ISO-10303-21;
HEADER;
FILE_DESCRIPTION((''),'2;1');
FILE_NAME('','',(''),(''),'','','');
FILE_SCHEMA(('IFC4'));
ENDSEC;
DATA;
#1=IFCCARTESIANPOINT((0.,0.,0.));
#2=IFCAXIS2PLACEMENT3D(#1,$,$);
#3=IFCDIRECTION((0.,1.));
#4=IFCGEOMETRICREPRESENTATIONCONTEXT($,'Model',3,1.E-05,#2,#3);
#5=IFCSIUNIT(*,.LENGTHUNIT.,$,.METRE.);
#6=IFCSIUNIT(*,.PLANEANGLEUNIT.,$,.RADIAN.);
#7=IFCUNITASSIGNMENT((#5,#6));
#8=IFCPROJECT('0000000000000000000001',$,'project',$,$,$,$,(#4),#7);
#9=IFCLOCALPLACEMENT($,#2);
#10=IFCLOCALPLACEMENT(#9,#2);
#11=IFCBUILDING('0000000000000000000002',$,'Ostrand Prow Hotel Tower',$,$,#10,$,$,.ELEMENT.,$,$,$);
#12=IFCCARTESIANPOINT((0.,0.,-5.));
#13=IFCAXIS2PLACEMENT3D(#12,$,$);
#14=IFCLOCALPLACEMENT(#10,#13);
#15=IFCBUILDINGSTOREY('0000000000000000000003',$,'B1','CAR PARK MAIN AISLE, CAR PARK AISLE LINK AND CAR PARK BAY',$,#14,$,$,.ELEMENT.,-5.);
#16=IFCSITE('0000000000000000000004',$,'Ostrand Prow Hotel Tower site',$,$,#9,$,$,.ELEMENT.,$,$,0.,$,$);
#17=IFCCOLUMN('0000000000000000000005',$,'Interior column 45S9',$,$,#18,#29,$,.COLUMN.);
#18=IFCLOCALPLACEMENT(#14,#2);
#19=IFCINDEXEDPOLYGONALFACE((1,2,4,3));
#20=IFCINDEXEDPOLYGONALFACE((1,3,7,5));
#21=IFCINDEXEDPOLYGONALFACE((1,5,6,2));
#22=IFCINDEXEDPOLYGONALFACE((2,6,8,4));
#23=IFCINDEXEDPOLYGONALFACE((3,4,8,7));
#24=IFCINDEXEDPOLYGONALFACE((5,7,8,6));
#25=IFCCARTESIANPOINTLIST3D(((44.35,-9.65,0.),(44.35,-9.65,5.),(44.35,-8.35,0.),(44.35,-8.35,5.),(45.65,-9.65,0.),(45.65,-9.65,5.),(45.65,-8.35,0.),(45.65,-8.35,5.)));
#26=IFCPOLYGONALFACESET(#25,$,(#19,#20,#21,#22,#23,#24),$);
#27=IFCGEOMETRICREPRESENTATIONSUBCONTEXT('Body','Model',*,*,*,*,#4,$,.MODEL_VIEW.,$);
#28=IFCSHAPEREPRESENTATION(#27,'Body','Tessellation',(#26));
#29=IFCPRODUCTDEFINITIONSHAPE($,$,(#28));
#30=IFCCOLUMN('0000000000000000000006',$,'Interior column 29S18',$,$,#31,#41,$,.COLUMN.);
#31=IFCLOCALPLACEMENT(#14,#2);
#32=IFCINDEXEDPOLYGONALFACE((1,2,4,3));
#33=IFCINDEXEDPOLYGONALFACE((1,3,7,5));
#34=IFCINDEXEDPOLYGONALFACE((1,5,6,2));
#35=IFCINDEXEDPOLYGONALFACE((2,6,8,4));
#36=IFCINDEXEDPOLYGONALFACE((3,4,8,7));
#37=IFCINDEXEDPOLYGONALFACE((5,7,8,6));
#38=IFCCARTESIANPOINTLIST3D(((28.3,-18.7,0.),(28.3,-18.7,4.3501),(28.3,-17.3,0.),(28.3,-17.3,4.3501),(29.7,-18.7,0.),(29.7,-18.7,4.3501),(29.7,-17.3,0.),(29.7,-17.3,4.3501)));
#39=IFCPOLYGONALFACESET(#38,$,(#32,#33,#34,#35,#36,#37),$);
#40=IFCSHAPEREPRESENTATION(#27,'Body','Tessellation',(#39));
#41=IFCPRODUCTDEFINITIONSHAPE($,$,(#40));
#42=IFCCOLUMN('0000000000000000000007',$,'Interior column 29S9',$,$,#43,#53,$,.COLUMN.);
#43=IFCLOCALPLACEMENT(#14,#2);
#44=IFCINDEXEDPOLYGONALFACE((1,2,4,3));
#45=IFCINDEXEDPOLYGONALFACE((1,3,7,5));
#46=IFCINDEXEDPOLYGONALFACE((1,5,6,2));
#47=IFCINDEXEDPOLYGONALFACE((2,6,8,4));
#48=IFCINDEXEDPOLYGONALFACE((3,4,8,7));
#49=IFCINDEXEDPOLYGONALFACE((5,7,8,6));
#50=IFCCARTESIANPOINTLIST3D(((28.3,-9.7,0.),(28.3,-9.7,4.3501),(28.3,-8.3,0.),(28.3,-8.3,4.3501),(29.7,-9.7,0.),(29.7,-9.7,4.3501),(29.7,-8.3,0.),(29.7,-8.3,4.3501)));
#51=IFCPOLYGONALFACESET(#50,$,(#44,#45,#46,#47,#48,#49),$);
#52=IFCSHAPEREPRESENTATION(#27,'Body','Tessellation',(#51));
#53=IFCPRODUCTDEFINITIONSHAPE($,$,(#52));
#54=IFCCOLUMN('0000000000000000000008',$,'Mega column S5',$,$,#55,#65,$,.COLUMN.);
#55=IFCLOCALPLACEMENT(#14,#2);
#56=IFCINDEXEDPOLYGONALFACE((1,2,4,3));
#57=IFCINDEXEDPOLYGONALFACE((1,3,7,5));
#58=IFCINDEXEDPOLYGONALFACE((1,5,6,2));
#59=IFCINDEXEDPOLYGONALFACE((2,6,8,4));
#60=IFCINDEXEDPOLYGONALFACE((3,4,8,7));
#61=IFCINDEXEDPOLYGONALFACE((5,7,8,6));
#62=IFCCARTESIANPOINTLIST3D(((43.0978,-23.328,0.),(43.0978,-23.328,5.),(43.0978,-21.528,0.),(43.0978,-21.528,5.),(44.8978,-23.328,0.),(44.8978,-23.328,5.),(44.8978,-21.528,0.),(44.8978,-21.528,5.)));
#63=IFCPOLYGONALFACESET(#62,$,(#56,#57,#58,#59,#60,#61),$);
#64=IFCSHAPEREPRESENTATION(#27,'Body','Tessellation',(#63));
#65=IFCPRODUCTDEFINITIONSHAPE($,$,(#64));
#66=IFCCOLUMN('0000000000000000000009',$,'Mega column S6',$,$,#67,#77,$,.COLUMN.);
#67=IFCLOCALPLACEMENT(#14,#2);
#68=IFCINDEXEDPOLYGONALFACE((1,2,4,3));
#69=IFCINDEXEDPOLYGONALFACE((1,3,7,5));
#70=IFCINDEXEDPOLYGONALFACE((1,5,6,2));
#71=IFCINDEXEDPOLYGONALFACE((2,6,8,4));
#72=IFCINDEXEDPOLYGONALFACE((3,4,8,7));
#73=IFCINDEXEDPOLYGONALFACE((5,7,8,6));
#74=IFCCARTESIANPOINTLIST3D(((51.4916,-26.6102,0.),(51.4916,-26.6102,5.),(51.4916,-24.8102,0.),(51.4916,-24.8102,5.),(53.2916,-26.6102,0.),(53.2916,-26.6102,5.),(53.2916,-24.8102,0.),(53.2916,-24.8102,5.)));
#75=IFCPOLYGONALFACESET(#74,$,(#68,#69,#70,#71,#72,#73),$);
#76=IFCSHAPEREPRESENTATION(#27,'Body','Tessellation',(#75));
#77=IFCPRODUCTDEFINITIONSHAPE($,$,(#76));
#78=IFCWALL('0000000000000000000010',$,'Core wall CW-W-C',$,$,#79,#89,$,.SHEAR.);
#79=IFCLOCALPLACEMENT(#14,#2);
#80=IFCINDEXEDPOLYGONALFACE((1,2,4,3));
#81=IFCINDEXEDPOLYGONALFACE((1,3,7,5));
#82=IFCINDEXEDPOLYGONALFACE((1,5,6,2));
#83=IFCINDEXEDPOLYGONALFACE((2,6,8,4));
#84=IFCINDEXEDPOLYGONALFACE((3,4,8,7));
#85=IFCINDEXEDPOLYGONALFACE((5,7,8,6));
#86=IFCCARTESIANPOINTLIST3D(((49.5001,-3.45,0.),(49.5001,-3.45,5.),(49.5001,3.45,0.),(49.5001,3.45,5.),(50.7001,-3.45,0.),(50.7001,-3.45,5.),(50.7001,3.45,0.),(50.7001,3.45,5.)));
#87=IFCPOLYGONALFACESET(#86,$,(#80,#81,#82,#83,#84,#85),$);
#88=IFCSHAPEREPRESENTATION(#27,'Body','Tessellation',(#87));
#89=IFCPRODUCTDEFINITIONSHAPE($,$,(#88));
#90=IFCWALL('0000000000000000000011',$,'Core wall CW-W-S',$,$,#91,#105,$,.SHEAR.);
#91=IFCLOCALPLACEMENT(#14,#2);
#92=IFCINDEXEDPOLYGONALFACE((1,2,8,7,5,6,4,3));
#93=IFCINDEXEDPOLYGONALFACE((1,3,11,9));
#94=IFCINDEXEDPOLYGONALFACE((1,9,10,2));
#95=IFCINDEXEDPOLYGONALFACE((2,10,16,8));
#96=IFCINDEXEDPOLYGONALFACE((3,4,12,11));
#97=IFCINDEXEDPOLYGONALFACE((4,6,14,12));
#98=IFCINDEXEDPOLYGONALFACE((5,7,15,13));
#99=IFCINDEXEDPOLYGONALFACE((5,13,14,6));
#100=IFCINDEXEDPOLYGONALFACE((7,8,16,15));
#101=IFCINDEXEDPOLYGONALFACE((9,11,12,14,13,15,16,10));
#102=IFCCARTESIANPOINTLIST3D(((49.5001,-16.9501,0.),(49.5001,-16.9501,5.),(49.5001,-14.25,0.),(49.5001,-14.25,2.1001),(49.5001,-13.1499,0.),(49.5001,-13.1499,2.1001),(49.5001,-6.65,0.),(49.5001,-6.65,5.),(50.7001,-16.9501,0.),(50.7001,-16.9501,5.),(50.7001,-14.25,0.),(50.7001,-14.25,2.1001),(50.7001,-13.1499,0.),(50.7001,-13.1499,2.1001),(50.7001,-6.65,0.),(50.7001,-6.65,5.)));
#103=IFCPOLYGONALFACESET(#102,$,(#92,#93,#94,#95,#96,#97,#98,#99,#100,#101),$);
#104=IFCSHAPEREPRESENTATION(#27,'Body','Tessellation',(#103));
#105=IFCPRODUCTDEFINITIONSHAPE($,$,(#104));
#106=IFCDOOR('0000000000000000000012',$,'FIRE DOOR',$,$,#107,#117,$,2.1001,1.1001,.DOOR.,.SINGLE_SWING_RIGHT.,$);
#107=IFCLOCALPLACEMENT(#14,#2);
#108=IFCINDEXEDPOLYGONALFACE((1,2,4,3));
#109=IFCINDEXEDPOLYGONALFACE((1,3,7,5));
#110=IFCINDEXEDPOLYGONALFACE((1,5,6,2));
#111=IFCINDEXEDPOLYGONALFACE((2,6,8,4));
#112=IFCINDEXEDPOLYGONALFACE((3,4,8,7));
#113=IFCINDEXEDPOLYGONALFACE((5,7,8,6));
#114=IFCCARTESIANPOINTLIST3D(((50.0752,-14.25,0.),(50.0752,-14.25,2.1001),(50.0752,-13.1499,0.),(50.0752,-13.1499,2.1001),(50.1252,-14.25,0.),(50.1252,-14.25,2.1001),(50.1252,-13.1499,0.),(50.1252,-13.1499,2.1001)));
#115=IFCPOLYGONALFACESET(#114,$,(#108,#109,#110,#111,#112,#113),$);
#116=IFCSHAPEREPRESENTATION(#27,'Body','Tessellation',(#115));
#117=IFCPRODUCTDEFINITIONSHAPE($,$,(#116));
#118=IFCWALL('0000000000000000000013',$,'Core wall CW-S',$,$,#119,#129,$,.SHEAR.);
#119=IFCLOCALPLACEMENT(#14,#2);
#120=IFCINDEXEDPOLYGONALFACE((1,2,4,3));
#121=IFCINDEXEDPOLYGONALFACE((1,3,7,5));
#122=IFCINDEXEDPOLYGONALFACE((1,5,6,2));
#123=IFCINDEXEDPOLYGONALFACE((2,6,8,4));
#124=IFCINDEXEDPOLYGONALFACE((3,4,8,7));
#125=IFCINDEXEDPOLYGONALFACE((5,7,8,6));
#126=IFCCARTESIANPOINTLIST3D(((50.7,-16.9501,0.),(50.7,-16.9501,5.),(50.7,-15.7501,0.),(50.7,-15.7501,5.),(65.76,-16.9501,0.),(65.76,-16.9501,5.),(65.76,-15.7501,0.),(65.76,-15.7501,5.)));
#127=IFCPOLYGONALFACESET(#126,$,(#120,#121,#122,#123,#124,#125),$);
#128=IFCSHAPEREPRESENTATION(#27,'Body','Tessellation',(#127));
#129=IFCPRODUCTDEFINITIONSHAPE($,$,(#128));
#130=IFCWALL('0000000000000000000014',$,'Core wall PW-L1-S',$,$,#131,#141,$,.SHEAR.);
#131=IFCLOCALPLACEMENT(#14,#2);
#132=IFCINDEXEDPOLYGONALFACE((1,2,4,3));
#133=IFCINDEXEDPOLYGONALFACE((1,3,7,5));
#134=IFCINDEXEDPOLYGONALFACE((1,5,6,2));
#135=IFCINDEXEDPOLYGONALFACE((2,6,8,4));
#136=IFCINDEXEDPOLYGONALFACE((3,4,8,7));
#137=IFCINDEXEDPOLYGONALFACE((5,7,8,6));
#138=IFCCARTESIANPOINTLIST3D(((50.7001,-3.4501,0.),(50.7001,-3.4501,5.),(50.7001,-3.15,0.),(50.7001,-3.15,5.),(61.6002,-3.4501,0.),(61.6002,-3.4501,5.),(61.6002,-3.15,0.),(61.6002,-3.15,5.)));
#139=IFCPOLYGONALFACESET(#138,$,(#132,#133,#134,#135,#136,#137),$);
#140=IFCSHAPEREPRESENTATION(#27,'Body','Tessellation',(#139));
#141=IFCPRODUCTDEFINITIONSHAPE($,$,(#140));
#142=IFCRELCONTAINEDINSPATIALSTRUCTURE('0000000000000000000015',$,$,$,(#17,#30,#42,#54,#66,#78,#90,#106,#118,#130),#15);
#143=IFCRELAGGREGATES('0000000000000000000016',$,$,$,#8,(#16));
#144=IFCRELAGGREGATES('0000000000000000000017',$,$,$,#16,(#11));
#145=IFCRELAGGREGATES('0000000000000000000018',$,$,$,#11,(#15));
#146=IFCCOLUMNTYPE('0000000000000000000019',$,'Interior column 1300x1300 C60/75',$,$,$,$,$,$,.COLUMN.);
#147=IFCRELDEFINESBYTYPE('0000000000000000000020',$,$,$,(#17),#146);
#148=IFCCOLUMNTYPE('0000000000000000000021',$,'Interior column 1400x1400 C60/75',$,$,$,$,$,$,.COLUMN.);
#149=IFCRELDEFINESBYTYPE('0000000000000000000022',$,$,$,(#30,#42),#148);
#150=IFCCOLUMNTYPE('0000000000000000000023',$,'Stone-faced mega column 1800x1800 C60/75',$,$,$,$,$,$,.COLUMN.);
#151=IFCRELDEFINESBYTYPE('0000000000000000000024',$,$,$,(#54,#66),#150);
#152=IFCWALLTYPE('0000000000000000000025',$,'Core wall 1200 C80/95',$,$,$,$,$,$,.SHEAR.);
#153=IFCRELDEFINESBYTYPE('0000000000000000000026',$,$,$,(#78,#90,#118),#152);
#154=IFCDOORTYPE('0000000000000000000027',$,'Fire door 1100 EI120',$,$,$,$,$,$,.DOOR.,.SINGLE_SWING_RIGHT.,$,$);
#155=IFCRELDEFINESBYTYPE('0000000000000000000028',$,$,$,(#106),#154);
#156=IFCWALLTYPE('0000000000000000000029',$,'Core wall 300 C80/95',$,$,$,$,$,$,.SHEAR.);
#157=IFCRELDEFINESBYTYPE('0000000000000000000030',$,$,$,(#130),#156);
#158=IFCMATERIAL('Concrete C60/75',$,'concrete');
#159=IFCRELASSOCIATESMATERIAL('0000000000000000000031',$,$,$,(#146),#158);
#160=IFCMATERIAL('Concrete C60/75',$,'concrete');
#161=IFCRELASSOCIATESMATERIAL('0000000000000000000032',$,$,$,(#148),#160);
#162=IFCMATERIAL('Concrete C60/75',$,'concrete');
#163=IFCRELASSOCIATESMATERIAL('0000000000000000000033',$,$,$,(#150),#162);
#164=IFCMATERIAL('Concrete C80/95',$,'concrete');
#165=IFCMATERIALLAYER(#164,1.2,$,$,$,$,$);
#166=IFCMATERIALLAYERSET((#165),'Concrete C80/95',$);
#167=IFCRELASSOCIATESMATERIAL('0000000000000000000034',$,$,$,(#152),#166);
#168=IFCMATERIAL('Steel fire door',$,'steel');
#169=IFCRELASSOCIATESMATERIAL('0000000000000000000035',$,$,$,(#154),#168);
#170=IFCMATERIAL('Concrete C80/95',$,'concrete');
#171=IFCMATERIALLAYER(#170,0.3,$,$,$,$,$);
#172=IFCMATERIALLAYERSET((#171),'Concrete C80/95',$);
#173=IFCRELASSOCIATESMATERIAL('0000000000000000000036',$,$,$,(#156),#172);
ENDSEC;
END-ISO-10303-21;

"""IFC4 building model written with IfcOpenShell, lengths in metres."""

from ifc_helpers import new_model, si_unit, direction, frame, frame_2d, origin, origin_2d, place, context, subcontext, project, spatial, rectangle, extrude, material, layer, layer_set, material_profile, profile_set, type_object, element, fill, save


model = new_model("IFC4")

# Units and contexts
model_context = context("Model", 3, precision=1e-05, world=origin(), true_north=direction((0.0, 1.0)))
body_context = subcontext(model_context, "Body", "Model", "MODEL_VIEW")
ifc_project = project(units=[si_unit("LENGTHUNIT", "METRE"), si_unit("PLANEANGLEUNIT", "RADIAN")], contexts=[model_context])

# Site, building, storey
site_placement = place(None, origin())
site = spatial("IfcSite", under=ifc_project, at=site_placement, Name="Ostrand Prow Hotel Tower site", CompositionType="ELEMENT", RefElevation=0.0)
building_placement = place(site_placement, origin())
building = spatial("IfcBuilding", under=site, at=building_placement, Name="Ostrand Prow Hotel Tower", CompositionType="ELEMENT")
storey_placement = place(building_placement, frame((0.0, 0.0, -5.0)))
storey = spatial("IfcBuildingStorey", under=building, at=storey_placement, Name="B1", Description="CAR PARK MAIN AISLE, CAR PARK AISLE LINK AND CAR PARK BAY", CompositionType="ELEMENT", Elevation=-5.0)

# Columns
ifc_material_1 = material(Name="Concrete C60/75", Category="concrete")
ifc_material_profile_1 = material_profile(ifc_material_1, rectangle(XDim=1.3, YDim=1.3, at=origin_2d()), Name="RC 1300x1300")
ifc_profile_set_1 = profile_set([ifc_material_profile_1], Name="Concrete C60/75")
column_type_1 = type_object("IfcColumnType", Name="Interior column 1300x1300 C60/75", PredefinedType="COLUMN", material=ifc_profile_set_1)
column_placement = place(storey_placement, frame((45.0, -9.0, 0.0), z_axis=(0.0, 0.0, 1.0), x_axis=(1.0, 0.0, 0.0)))
element("IfcColumn", 1, at=column_placement, inside=storey, type_object=column_type_1, Name="Interior column 45S9", PredefinedType="COLUMN", context=body_context, shape_type="SweptSolid", body=[
    extrude(rectangle(XDim=1.3, YDim=1.3, at=origin_2d()), origin(), (0.0, 0.0, 1.0), 5.0),
])
ifc_material_2 = material(Name="Concrete C60/75", Category="concrete")
ifc_material_profile_2 = material_profile(ifc_material_2, rectangle(XDim=1.3999, YDim=1.3999, at=origin_2d()), Name="RC 1400x1400")
ifc_profile_set_2 = profile_set([ifc_material_profile_2], Name="Concrete C60/75")
column_type_2 = type_object("IfcColumnType", Name="Interior column 1400x1400 C60/75", PredefinedType="COLUMN", material=ifc_profile_set_2)
for number, where, z_axis, x_axis, name in (
    (2, (29.0, -18.0, 0.0), (0.0, 0.0, 1.0), (1.0, 0.0, 0.0), "Interior column 29S18"),
    (3, (29.0, -9.0, 0.0), (0.0, 0.0, 1.0), (1.0, 0.0, 0.0), "Interior column 29S9"),
):
    element("IfcColumn", number, at=place(storey_placement, frame(where, z_axis=z_axis, x_axis=x_axis)), inside=storey, type_object=column_type_2, Name=name, PredefinedType="COLUMN", context=body_context, shape_type="SweptSolid", body=[
        extrude(rectangle(XDim=1.3999, YDim=1.3999, at=origin_2d()), origin(), (0.0, 0.0, 1.0), 4.3501),
    ])
ifc_material_3 = material(Name="Concrete C60/75", Category="concrete")
ifc_material_profile_3 = material_profile(ifc_material_3, rectangle(XDim=1.8, YDim=1.8, at=origin_2d()), Name="RC 1800x1800")
ifc_profile_set_3 = profile_set([ifc_material_profile_3], Name="Concrete C60/75")
column_type_3 = type_object("IfcColumnType", Name="Stone-faced mega column 1800x1800 C60/75", PredefinedType="COLUMN", material=ifc_profile_set_3)
for number, where, z_axis, x_axis, name in (
    (4, (43.9978, -22.428, 0.0), (0.0, 0.0, 1.0), (1.0, 0.0, 0.0), "Mega column S5"),
    (5, (52.3916, -25.7102, 0.0), (0.0, 0.0, 1.0), (1.0, 0.0, 0.0), "Mega column S6"),
):
    element("IfcColumn", number, at=place(storey_placement, frame(where, z_axis=z_axis, x_axis=x_axis)), inside=storey, type_object=column_type_3, Name=name, PredefinedType="COLUMN", context=body_context, shape_type="SweptSolid", body=[
        extrude(rectangle(XDim=1.8, YDim=1.8, at=origin_2d()), origin(), (0.0, 0.0, 1.0), 5.0),
    ])

# Wall
ifc_material_4 = material(Name="Concrete C80/95", Category="concrete")
ifc_layer_1 = layer(ifc_material_4, 1.2)
ifc_layer_set_1 = layer_set([ifc_layer_1], Name="Concrete C80/95")
wall_type_1 = type_object("IfcWallType", Name="Core wall 1200 C80/95", PredefinedType="SHEAR", material=ifc_layer_set_1)
wall_1_placement = place(storey_placement, frame((50.1001, -3.45, 0.0), z_axis=(0.0, 0.0, 1.0), x_axis=(0.0, 1.0, 0.0)))
element("IfcWall", 6, at=wall_1_placement, inside=storey, type_object=wall_type_1, Name="Core wall CW-W-C", PredefinedType="SHEAR", context=body_context, shape_type="SweptSolid", body=[
    extrude(rectangle(XDim=6.8999, YDim=1.2, at=frame_2d((3.45, 0.0))), origin(), (0.0, 0.0, 1.0), 5.0),
])

# Wall, opening, door
wall_2_placement = place(storey_placement, frame((50.1001, -16.95, 0.0), z_axis=(0.0, 0.0, 1.0), x_axis=(0.0, 1.0, 0.0)))
wall_2 = element("IfcWall", 7, at=wall_2_placement, inside=storey, type_object=wall_type_1, Name="Core wall CW-W-S", PredefinedType="SHEAR", context=body_context, shape_type="SweptSolid", body=[
    extrude(rectangle(XDim=10.3, YDim=1.2, at=frame_2d((5.1499, 0.0))), origin(), (0.0, 0.0, 1.0), 5.0),
])
opening_1_placement = place(wall_2_placement, frame((2.7, 0.0, 0.0)))
opening_1 = element("IfcOpeningElement", 8, at=opening_1_placement, cuts=wall_2, PredefinedType="OPENING", context=body_context, shape_type="SweptSolid", body=[
    extrude(rectangle(XDim=1.1001, YDim=2.1001, at=frame_2d((0.55, 1.05))), frame((0.0, 0.6099, 0.0), z_axis=(0.0, -1.0, 0.0), x_axis=(1.0, 0.0, 0.0)), (0.0, 0.0, 1.0), 1.22),
])
ifc_material_5 = material(Name="Steel fire door", Category="steel")
door_type_1 = type_object("IfcDoorType", Name="Fire door 1100 EI120", OperationType="SINGLE_SWING_RIGHT", PredefinedType="DOOR", material=ifc_material_5)
door_1_placement = place(opening_1_placement, origin())
door_1 = element("IfcDoor", 9, at=door_1_placement, inside=storey, type_object=door_type_1, Name="FIRE DOOR", OperationType="SINGLE_SWING_RIGHT", OverallHeight=2.1001, OverallWidth=1.1001, PredefinedType="DOOR", context=body_context, shape_type="SweptSolid", body=[
    extrude(rectangle(XDim=1.1001, YDim=2.1001, at=frame_2d((0.55, 1.05))), frame((0.0, 0.0249, 0.0), z_axis=(0.0, -1.0, 0.0), x_axis=(1.0, 0.0, 0.0)), (0.0, 0.0, 1.0), 0.05),
])
fill(opening_1, door_1)

# Walls
wall_3_placement = place(storey_placement, frame((50.7, -16.3501, 0.0), z_axis=(0.0, 0.0, 1.0), x_axis=(1.0, 0.0, 0.0)))
element("IfcWall", 10, at=wall_3_placement, inside=storey, type_object=wall_type_1, Name="Core wall CW-S", PredefinedType="SHEAR", context=body_context, shape_type="SweptSolid", body=[
    extrude(rectangle(XDim=15.0601, YDim=1.2, at=frame_2d((7.53, 0.0))), origin(), (0.0, 0.0, 1.0), 5.0),
])
ifc_material_6 = material(Name="Concrete C80/95", Category="concrete")
ifc_layer_2 = layer(ifc_material_6, 0.3)
ifc_layer_set_2 = layer_set([ifc_layer_2], Name="Concrete C80/95")
wall_type_2 = type_object("IfcWallType", Name="Core wall 300 C80/95", PredefinedType="SHEAR", material=ifc_layer_set_2)
wall_4_placement = place(storey_placement, frame((50.7, -3.3, 0.0), z_axis=(0.0, 0.0, 1.0), x_axis=(1.0, 0.0, 0.0)))
element("IfcWall", 11, at=wall_4_placement, inside=storey, type_object=wall_type_2, Name="Core wall PW-L1-S", PredefinedType="SHEAR", context=body_context, shape_type="SweptSolid", body=[
    extrude(rectangle(XDim=10.9001, YDim=0.3, at=frame_2d((5.4502, 0.0))), origin(), (0.0, 0.0, 1.0), 5.0),
])

save(model, "model.ifc")
